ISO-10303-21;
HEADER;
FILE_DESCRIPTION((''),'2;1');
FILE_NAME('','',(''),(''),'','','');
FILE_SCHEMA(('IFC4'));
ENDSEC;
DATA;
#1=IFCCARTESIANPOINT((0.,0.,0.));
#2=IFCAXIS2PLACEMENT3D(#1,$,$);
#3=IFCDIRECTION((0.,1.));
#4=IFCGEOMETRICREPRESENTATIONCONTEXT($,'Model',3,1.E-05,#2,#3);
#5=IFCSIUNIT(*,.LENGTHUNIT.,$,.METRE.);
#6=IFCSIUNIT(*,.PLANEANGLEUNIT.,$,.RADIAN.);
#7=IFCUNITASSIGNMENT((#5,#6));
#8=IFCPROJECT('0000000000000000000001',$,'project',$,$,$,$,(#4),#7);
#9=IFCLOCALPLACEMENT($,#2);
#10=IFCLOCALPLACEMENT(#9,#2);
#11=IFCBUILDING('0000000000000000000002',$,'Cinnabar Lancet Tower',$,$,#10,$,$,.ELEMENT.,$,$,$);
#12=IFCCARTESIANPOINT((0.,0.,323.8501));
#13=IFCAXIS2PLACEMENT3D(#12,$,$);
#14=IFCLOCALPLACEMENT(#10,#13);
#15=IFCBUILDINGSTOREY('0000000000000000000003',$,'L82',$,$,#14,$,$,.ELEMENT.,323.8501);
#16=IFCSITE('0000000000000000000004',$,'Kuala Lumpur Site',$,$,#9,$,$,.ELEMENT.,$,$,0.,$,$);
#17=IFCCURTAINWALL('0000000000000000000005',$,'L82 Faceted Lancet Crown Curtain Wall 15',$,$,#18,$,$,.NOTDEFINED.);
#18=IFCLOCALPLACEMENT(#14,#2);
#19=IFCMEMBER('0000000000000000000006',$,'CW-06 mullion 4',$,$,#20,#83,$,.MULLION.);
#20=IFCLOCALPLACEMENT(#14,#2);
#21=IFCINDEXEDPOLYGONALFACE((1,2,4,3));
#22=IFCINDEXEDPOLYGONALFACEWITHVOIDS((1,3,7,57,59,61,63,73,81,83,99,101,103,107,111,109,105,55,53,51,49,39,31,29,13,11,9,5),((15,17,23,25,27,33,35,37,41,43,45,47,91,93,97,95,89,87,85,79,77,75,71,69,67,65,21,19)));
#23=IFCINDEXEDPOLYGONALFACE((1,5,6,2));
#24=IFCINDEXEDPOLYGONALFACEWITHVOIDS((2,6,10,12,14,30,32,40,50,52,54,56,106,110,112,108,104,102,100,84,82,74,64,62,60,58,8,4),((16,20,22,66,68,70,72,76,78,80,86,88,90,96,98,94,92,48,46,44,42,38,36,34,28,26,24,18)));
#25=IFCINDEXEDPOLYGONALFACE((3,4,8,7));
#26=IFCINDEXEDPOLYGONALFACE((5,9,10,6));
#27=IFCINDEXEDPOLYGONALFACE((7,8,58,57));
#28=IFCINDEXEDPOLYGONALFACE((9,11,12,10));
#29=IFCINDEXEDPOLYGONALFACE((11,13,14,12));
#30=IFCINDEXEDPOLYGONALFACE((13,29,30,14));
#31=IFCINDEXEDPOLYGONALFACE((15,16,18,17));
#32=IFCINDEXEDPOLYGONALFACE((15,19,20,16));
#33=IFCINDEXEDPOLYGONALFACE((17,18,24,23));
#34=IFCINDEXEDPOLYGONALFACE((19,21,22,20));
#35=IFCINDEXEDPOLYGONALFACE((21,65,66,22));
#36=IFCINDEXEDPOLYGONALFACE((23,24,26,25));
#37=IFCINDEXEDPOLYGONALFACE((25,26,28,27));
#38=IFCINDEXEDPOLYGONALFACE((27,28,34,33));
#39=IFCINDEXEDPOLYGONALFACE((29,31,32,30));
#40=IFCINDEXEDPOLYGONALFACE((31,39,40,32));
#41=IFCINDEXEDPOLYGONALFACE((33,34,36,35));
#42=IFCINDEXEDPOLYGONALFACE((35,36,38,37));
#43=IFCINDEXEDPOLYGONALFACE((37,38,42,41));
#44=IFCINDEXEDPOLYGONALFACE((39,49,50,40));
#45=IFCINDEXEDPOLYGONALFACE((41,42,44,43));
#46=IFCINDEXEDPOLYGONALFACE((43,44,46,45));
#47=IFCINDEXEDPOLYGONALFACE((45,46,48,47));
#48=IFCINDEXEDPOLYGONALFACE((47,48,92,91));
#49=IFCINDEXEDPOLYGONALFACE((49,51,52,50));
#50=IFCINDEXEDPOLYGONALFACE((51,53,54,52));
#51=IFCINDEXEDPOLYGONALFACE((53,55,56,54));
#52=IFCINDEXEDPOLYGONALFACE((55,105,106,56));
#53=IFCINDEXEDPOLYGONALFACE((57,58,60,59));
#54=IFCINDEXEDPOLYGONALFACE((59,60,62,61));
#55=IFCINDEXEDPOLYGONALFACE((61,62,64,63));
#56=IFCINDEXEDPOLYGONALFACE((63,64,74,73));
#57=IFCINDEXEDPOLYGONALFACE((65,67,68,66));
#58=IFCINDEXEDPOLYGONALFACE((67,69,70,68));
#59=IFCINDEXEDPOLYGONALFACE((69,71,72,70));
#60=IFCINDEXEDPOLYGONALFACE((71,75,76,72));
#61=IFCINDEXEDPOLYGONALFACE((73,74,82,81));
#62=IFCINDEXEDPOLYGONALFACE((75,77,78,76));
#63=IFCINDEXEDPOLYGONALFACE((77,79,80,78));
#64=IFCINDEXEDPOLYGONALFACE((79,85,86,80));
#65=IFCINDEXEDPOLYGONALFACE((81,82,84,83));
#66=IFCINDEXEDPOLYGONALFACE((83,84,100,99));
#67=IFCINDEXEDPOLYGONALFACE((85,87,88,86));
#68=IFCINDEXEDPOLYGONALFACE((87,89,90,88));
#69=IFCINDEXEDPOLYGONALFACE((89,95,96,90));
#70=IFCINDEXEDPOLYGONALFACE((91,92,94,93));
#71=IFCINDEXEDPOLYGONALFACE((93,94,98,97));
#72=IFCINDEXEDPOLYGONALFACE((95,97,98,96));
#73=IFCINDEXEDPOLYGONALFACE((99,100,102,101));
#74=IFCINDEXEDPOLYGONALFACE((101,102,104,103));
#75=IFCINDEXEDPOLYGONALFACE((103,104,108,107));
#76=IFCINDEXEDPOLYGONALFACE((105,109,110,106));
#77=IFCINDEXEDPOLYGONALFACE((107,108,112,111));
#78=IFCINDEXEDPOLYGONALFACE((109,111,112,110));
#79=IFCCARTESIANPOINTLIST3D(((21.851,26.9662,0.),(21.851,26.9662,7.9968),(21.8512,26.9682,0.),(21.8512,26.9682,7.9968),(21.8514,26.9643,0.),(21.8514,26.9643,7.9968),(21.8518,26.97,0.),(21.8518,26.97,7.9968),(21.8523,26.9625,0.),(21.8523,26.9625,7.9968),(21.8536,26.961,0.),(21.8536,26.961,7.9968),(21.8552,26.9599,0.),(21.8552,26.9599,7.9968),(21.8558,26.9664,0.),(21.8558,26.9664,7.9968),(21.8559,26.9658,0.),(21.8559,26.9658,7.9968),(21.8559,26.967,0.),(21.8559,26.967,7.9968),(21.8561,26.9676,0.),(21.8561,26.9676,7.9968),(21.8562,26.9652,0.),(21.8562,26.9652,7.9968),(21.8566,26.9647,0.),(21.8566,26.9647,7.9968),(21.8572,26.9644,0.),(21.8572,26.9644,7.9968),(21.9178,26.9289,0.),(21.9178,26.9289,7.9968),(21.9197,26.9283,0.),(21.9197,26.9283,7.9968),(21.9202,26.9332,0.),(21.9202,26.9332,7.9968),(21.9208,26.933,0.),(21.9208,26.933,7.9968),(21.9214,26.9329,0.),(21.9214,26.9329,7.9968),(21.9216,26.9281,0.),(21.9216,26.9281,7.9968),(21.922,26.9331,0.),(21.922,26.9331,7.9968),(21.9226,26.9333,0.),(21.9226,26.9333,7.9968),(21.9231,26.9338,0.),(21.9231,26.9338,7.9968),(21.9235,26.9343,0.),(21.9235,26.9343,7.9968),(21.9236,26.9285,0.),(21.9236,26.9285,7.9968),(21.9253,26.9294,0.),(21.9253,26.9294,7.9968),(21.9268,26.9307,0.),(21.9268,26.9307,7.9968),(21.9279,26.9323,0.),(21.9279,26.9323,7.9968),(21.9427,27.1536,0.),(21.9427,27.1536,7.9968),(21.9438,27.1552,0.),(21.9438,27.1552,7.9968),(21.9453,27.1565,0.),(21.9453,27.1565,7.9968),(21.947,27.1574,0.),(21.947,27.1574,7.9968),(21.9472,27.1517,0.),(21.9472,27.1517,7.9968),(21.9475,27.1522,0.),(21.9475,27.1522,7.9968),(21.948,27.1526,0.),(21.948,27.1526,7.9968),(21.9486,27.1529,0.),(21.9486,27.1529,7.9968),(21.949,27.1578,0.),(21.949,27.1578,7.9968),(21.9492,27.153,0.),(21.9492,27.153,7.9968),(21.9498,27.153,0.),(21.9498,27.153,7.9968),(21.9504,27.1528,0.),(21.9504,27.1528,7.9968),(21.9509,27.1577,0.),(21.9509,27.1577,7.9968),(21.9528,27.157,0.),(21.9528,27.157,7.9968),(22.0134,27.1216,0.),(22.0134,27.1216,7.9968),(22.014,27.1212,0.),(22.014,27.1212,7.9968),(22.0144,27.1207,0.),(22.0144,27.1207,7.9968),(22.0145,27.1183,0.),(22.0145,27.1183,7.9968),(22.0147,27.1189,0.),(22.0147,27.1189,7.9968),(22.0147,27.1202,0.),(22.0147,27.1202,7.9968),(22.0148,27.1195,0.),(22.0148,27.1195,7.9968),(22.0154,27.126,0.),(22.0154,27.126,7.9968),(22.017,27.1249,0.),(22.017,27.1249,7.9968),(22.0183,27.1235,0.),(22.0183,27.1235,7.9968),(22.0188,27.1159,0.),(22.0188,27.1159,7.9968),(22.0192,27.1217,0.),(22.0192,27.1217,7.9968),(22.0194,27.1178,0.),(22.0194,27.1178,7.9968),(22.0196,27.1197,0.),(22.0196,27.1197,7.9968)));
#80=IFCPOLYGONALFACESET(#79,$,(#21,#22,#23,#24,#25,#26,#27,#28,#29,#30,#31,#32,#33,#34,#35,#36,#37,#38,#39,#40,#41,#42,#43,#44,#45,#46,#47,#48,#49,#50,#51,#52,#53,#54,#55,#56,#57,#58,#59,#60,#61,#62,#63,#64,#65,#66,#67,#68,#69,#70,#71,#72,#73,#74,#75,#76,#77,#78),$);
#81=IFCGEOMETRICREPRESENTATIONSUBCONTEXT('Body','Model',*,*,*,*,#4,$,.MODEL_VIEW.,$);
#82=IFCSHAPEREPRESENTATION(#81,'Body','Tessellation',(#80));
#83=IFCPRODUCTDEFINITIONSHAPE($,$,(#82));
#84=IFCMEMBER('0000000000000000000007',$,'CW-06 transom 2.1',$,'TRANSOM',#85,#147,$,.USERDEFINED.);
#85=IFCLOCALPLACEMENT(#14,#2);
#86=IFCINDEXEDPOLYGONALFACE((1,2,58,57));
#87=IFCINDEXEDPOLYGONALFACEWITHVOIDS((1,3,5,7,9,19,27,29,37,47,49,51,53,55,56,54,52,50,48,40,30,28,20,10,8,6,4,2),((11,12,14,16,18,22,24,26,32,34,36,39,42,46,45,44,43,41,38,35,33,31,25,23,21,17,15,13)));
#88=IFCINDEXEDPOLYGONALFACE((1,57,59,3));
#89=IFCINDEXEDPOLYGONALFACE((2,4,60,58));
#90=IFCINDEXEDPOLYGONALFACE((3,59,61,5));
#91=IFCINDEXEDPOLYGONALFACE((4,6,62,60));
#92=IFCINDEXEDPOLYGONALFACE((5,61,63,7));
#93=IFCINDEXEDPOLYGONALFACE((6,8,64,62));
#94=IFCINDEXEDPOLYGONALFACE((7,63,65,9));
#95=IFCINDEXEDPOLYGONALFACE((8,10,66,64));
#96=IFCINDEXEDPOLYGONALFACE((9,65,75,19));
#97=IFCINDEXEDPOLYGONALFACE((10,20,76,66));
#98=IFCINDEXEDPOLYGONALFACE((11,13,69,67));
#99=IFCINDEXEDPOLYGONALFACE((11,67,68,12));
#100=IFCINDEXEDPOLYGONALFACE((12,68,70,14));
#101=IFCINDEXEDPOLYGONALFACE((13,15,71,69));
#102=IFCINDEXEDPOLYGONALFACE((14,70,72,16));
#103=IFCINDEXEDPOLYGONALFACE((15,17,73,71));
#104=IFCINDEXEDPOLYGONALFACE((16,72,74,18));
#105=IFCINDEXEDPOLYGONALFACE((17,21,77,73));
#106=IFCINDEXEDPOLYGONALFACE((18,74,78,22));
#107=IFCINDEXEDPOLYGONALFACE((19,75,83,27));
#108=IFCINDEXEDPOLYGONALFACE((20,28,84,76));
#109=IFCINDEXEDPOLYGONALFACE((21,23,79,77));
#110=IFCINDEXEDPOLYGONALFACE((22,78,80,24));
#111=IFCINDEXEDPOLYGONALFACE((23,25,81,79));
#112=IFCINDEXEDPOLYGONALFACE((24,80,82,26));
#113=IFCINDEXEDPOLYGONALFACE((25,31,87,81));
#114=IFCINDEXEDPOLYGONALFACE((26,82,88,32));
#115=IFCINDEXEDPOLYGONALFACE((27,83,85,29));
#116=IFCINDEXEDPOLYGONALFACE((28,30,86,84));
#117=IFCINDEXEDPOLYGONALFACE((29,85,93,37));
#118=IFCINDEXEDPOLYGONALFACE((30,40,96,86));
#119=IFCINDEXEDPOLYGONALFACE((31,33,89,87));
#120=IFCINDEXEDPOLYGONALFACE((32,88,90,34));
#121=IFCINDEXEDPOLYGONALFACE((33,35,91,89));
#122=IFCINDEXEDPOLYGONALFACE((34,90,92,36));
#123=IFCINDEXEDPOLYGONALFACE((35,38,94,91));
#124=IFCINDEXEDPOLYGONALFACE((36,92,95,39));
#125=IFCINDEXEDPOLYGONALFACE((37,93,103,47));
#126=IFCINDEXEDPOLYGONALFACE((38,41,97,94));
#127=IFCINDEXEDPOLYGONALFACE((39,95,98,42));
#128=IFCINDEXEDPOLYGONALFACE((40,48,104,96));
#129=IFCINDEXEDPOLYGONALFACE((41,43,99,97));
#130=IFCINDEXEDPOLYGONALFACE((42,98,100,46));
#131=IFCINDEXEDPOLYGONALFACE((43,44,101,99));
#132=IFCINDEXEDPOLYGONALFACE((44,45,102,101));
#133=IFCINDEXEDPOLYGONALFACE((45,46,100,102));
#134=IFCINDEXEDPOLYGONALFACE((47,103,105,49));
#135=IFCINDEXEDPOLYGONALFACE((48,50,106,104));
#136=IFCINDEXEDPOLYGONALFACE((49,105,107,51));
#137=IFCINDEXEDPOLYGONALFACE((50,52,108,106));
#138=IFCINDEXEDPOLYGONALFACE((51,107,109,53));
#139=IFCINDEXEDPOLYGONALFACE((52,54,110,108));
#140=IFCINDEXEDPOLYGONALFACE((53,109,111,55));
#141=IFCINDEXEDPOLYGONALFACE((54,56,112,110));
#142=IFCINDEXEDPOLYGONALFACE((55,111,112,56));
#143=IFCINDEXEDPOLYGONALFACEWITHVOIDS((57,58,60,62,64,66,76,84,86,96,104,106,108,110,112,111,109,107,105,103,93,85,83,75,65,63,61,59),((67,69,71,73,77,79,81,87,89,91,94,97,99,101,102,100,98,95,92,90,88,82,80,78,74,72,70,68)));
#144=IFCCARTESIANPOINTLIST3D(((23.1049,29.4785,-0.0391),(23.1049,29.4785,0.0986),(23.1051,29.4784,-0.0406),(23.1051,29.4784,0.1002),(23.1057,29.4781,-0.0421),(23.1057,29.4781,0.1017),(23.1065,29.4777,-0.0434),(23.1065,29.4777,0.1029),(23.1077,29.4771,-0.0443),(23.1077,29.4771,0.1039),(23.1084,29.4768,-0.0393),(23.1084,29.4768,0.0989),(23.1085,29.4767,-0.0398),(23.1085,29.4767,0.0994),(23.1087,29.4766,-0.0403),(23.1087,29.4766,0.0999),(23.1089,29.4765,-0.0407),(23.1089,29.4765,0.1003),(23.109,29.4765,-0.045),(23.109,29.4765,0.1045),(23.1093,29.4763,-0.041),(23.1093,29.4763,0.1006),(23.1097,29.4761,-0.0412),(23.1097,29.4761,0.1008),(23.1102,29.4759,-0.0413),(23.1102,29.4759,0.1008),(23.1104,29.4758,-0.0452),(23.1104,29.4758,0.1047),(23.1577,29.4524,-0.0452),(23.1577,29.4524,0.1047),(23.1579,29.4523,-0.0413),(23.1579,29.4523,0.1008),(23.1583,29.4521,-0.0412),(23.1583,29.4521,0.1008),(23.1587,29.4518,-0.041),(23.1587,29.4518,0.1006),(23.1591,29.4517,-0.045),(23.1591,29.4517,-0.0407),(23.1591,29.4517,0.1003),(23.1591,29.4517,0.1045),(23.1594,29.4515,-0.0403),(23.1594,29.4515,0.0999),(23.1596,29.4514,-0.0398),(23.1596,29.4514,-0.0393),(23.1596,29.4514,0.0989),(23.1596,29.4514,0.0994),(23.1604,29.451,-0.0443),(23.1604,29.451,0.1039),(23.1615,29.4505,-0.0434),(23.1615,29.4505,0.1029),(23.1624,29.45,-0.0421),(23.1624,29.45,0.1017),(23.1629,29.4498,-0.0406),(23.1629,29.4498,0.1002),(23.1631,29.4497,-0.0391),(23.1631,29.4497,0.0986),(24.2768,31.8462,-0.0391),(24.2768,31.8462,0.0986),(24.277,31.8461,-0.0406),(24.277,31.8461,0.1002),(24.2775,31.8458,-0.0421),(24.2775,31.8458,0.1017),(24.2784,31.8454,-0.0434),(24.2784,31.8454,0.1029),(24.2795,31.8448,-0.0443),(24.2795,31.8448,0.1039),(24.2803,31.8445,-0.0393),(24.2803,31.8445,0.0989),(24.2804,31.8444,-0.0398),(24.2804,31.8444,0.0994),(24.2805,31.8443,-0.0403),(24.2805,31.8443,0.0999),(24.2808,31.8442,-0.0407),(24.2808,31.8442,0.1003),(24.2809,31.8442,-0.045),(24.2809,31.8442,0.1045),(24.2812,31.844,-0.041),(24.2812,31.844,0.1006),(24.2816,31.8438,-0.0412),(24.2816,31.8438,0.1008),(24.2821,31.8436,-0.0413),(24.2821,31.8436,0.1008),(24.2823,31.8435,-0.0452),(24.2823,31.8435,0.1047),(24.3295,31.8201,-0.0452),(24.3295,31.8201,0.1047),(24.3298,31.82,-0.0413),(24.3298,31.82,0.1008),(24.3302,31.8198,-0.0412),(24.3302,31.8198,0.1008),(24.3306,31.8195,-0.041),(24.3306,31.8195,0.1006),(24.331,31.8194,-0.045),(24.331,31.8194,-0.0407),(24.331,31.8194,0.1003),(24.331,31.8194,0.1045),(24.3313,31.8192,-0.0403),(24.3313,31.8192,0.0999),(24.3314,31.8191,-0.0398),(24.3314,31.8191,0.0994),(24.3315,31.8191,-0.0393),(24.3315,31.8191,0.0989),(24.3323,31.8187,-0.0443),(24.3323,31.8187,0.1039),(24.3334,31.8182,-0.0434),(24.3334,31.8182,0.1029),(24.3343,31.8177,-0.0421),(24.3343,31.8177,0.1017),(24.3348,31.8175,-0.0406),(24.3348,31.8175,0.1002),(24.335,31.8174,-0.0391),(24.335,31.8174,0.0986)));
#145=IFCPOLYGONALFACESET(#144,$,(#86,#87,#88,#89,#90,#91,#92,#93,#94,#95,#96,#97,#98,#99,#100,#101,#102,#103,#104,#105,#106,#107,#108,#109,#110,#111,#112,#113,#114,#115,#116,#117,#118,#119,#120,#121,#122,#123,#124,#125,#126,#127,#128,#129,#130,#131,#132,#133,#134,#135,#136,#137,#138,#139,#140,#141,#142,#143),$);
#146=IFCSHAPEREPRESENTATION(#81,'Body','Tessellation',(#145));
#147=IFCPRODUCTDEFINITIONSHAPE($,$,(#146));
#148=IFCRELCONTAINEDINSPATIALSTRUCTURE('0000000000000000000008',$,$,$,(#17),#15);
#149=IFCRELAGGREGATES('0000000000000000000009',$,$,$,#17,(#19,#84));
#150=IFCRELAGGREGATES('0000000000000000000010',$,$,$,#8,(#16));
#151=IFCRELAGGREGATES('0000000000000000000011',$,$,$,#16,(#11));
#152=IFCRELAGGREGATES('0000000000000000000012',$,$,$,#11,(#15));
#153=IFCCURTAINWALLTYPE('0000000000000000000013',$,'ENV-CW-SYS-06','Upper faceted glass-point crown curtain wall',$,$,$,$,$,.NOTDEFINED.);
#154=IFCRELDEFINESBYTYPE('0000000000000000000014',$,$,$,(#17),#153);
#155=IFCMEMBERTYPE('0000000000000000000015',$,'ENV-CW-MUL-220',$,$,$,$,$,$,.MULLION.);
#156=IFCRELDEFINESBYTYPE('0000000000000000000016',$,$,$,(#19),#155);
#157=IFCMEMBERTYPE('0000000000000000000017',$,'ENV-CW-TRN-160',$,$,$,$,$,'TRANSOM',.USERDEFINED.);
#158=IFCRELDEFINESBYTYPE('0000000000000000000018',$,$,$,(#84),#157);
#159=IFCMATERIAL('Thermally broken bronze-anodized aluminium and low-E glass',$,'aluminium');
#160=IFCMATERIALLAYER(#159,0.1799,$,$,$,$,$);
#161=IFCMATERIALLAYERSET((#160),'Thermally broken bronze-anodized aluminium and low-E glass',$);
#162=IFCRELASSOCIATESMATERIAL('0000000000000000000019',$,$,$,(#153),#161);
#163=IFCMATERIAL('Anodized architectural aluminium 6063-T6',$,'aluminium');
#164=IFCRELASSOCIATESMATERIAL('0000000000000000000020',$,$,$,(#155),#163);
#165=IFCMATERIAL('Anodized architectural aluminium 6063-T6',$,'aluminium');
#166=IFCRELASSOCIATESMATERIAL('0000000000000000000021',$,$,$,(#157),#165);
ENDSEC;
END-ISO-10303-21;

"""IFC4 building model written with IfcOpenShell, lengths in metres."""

from ifc_helpers import new_model, si_unit, direction, frame, origin, origin_2d, place, context, subcontext, project, spatial, hollow_rectangle, extrude, material, layer, layer_set, material_profile, profile_set, type_object, element, aggregate, save


model = new_model("IFC4")

# Units and contexts
model_context = context("Model", 3, precision=1e-05, world=origin(), true_north=direction((0.0, 1.0)))
body_context = subcontext(model_context, "Body", "Model", "MODEL_VIEW")
ifc_project = project(units=[si_unit("LENGTHUNIT", "METRE"), si_unit("PLANEANGLEUNIT", "RADIAN")], contexts=[model_context])

# Site, building, storey
site_placement = place(None, origin())
site = spatial("IfcSite", under=ifc_project, at=site_placement, Name="Kuala Lumpur Site", CompositionType="ELEMENT", RefElevation=0.0)
building_placement = place(site_placement, origin())
building = spatial("IfcBuilding", under=site, at=building_placement, Name="Cinnabar Lancet Tower", CompositionType="ELEMENT")
storey_placement = place(building_placement, frame((0.0, 0.0, 323.8501)))
storey = spatial("IfcBuildingStorey", under=building, at=storey_placement, Name="L82", CompositionType="ELEMENT", Elevation=323.8501)

# Curtain wall, members
ifc_material_1 = material(Name="Thermally broken bronze-anodized aluminium and low-E glass", Category="aluminium")
ifc_layer_1 = layer(ifc_material_1, 0.1799)
ifc_layer_set_1 = layer_set([ifc_layer_1], Name="Thermally broken bronze-anodized aluminium and low-E glass")
curtain_wall_type = type_object("IfcCurtainWallType", Name="ENV-CW-SYS-06", Description="Upper faceted glass-point crown curtain wall", PredefinedType="NOTDEFINED", material=ifc_layer_set_1)
curtain_wall_placement = place(storey_placement, origin())
curtain_wall = element("IfcCurtainWall", 1, at=curtain_wall_placement, inside=storey, type_object=curtain_wall_type, Name="L82 Faceted Lancet Crown Curtain Wall 15", PredefinedType="NOTDEFINED")
ifc_material_2 = material(Name="Anodized architectural aluminium 6063-T6", Category="aluminium")
ifc_material_profile_1 = material_profile(ifc_material_2, hollow_rectangle(XDim=0.085, YDim=0.22, WallThickness=0.0049, InnerFilletRadius=0.0024, OuterFilletRadius=0.0076, at=origin_2d()), Name="CW-MUL 220x85x5")
ifc_profile_set_1 = profile_set([ifc_material_profile_1], Name="Anodized architectural aluminium 6063-T6")
member_type_1 = type_object("IfcMemberType", Name="ENV-CW-MUL-220", PredefinedType="MULLION", material=ifc_profile_set_1)
member_1_placement = place(storey_placement, frame((21.9353, 27.043, 0.0), z_axis=(0.0, 0.0, 1.0), x_axis=(0.896197, -0.443657, 0.0)))
member_1 = element("IfcMember", 2, at=member_1_placement, type_object=member_type_1, Name="CW-06 mullion 4", PredefinedType="MULLION", context=body_context, shape_type="SweptSolid", body=[
    extrude(hollow_rectangle(XDim=0.085, YDim=0.22, WallThickness=0.0049, InnerFilletRadius=0.0024, OuterFilletRadius=0.0076, at=origin_2d()), origin(), (0.0, 0.0, 1.0), 7.9968),
])
ifc_material_3 = material(Name="Anodized architectural aluminium 6063-T6", Category="aluminium")
ifc_material_profile_2 = material_profile(ifc_material_3, hollow_rectangle(XDim=0.0649, YDim=0.1499, WallThickness=0.0039, InnerFilletRadius=0.002, OuterFilletRadius=0.0061, at=origin_2d()), Name="CW-TRN 150x65x4")
ifc_profile_set_2 = profile_set([ifc_material_profile_2], Name="Anodized architectural aluminium 6063-T6")
member_type_2 = type_object("IfcMemberType", Name="ENV-CW-TRN-160", ElementType="TRANSOM", PredefinedType="USERDEFINED", material=ifc_profile_set_2)
member_2_placement = place(storey_placement, frame((24.3059, 31.8318, 0.0298), z_axis=(-0.443587, -0.896231, 0.0), x_axis=(0.896231, -0.443587, 0.0)))
member_2 = element("IfcMember", 3, at=member_2_placement, type_object=member_type_2, Name="CW-06 transom 2.1", ObjectType="TRANSOM", PredefinedType="USERDEFINED", context=body_context, shape_type="SweptSolid", body=[
    extrude(hollow_rectangle(XDim=0.0649, YDim=0.1499, WallThickness=0.0039, InnerFilletRadius=0.002, OuterFilletRadius=0.0061, at=origin_2d()), origin(), (0.0, 0.0, 1.0), 2.6418),
])

aggregate(curtain_wall, [member_1, member_2])

save(model, "model.ifc")
